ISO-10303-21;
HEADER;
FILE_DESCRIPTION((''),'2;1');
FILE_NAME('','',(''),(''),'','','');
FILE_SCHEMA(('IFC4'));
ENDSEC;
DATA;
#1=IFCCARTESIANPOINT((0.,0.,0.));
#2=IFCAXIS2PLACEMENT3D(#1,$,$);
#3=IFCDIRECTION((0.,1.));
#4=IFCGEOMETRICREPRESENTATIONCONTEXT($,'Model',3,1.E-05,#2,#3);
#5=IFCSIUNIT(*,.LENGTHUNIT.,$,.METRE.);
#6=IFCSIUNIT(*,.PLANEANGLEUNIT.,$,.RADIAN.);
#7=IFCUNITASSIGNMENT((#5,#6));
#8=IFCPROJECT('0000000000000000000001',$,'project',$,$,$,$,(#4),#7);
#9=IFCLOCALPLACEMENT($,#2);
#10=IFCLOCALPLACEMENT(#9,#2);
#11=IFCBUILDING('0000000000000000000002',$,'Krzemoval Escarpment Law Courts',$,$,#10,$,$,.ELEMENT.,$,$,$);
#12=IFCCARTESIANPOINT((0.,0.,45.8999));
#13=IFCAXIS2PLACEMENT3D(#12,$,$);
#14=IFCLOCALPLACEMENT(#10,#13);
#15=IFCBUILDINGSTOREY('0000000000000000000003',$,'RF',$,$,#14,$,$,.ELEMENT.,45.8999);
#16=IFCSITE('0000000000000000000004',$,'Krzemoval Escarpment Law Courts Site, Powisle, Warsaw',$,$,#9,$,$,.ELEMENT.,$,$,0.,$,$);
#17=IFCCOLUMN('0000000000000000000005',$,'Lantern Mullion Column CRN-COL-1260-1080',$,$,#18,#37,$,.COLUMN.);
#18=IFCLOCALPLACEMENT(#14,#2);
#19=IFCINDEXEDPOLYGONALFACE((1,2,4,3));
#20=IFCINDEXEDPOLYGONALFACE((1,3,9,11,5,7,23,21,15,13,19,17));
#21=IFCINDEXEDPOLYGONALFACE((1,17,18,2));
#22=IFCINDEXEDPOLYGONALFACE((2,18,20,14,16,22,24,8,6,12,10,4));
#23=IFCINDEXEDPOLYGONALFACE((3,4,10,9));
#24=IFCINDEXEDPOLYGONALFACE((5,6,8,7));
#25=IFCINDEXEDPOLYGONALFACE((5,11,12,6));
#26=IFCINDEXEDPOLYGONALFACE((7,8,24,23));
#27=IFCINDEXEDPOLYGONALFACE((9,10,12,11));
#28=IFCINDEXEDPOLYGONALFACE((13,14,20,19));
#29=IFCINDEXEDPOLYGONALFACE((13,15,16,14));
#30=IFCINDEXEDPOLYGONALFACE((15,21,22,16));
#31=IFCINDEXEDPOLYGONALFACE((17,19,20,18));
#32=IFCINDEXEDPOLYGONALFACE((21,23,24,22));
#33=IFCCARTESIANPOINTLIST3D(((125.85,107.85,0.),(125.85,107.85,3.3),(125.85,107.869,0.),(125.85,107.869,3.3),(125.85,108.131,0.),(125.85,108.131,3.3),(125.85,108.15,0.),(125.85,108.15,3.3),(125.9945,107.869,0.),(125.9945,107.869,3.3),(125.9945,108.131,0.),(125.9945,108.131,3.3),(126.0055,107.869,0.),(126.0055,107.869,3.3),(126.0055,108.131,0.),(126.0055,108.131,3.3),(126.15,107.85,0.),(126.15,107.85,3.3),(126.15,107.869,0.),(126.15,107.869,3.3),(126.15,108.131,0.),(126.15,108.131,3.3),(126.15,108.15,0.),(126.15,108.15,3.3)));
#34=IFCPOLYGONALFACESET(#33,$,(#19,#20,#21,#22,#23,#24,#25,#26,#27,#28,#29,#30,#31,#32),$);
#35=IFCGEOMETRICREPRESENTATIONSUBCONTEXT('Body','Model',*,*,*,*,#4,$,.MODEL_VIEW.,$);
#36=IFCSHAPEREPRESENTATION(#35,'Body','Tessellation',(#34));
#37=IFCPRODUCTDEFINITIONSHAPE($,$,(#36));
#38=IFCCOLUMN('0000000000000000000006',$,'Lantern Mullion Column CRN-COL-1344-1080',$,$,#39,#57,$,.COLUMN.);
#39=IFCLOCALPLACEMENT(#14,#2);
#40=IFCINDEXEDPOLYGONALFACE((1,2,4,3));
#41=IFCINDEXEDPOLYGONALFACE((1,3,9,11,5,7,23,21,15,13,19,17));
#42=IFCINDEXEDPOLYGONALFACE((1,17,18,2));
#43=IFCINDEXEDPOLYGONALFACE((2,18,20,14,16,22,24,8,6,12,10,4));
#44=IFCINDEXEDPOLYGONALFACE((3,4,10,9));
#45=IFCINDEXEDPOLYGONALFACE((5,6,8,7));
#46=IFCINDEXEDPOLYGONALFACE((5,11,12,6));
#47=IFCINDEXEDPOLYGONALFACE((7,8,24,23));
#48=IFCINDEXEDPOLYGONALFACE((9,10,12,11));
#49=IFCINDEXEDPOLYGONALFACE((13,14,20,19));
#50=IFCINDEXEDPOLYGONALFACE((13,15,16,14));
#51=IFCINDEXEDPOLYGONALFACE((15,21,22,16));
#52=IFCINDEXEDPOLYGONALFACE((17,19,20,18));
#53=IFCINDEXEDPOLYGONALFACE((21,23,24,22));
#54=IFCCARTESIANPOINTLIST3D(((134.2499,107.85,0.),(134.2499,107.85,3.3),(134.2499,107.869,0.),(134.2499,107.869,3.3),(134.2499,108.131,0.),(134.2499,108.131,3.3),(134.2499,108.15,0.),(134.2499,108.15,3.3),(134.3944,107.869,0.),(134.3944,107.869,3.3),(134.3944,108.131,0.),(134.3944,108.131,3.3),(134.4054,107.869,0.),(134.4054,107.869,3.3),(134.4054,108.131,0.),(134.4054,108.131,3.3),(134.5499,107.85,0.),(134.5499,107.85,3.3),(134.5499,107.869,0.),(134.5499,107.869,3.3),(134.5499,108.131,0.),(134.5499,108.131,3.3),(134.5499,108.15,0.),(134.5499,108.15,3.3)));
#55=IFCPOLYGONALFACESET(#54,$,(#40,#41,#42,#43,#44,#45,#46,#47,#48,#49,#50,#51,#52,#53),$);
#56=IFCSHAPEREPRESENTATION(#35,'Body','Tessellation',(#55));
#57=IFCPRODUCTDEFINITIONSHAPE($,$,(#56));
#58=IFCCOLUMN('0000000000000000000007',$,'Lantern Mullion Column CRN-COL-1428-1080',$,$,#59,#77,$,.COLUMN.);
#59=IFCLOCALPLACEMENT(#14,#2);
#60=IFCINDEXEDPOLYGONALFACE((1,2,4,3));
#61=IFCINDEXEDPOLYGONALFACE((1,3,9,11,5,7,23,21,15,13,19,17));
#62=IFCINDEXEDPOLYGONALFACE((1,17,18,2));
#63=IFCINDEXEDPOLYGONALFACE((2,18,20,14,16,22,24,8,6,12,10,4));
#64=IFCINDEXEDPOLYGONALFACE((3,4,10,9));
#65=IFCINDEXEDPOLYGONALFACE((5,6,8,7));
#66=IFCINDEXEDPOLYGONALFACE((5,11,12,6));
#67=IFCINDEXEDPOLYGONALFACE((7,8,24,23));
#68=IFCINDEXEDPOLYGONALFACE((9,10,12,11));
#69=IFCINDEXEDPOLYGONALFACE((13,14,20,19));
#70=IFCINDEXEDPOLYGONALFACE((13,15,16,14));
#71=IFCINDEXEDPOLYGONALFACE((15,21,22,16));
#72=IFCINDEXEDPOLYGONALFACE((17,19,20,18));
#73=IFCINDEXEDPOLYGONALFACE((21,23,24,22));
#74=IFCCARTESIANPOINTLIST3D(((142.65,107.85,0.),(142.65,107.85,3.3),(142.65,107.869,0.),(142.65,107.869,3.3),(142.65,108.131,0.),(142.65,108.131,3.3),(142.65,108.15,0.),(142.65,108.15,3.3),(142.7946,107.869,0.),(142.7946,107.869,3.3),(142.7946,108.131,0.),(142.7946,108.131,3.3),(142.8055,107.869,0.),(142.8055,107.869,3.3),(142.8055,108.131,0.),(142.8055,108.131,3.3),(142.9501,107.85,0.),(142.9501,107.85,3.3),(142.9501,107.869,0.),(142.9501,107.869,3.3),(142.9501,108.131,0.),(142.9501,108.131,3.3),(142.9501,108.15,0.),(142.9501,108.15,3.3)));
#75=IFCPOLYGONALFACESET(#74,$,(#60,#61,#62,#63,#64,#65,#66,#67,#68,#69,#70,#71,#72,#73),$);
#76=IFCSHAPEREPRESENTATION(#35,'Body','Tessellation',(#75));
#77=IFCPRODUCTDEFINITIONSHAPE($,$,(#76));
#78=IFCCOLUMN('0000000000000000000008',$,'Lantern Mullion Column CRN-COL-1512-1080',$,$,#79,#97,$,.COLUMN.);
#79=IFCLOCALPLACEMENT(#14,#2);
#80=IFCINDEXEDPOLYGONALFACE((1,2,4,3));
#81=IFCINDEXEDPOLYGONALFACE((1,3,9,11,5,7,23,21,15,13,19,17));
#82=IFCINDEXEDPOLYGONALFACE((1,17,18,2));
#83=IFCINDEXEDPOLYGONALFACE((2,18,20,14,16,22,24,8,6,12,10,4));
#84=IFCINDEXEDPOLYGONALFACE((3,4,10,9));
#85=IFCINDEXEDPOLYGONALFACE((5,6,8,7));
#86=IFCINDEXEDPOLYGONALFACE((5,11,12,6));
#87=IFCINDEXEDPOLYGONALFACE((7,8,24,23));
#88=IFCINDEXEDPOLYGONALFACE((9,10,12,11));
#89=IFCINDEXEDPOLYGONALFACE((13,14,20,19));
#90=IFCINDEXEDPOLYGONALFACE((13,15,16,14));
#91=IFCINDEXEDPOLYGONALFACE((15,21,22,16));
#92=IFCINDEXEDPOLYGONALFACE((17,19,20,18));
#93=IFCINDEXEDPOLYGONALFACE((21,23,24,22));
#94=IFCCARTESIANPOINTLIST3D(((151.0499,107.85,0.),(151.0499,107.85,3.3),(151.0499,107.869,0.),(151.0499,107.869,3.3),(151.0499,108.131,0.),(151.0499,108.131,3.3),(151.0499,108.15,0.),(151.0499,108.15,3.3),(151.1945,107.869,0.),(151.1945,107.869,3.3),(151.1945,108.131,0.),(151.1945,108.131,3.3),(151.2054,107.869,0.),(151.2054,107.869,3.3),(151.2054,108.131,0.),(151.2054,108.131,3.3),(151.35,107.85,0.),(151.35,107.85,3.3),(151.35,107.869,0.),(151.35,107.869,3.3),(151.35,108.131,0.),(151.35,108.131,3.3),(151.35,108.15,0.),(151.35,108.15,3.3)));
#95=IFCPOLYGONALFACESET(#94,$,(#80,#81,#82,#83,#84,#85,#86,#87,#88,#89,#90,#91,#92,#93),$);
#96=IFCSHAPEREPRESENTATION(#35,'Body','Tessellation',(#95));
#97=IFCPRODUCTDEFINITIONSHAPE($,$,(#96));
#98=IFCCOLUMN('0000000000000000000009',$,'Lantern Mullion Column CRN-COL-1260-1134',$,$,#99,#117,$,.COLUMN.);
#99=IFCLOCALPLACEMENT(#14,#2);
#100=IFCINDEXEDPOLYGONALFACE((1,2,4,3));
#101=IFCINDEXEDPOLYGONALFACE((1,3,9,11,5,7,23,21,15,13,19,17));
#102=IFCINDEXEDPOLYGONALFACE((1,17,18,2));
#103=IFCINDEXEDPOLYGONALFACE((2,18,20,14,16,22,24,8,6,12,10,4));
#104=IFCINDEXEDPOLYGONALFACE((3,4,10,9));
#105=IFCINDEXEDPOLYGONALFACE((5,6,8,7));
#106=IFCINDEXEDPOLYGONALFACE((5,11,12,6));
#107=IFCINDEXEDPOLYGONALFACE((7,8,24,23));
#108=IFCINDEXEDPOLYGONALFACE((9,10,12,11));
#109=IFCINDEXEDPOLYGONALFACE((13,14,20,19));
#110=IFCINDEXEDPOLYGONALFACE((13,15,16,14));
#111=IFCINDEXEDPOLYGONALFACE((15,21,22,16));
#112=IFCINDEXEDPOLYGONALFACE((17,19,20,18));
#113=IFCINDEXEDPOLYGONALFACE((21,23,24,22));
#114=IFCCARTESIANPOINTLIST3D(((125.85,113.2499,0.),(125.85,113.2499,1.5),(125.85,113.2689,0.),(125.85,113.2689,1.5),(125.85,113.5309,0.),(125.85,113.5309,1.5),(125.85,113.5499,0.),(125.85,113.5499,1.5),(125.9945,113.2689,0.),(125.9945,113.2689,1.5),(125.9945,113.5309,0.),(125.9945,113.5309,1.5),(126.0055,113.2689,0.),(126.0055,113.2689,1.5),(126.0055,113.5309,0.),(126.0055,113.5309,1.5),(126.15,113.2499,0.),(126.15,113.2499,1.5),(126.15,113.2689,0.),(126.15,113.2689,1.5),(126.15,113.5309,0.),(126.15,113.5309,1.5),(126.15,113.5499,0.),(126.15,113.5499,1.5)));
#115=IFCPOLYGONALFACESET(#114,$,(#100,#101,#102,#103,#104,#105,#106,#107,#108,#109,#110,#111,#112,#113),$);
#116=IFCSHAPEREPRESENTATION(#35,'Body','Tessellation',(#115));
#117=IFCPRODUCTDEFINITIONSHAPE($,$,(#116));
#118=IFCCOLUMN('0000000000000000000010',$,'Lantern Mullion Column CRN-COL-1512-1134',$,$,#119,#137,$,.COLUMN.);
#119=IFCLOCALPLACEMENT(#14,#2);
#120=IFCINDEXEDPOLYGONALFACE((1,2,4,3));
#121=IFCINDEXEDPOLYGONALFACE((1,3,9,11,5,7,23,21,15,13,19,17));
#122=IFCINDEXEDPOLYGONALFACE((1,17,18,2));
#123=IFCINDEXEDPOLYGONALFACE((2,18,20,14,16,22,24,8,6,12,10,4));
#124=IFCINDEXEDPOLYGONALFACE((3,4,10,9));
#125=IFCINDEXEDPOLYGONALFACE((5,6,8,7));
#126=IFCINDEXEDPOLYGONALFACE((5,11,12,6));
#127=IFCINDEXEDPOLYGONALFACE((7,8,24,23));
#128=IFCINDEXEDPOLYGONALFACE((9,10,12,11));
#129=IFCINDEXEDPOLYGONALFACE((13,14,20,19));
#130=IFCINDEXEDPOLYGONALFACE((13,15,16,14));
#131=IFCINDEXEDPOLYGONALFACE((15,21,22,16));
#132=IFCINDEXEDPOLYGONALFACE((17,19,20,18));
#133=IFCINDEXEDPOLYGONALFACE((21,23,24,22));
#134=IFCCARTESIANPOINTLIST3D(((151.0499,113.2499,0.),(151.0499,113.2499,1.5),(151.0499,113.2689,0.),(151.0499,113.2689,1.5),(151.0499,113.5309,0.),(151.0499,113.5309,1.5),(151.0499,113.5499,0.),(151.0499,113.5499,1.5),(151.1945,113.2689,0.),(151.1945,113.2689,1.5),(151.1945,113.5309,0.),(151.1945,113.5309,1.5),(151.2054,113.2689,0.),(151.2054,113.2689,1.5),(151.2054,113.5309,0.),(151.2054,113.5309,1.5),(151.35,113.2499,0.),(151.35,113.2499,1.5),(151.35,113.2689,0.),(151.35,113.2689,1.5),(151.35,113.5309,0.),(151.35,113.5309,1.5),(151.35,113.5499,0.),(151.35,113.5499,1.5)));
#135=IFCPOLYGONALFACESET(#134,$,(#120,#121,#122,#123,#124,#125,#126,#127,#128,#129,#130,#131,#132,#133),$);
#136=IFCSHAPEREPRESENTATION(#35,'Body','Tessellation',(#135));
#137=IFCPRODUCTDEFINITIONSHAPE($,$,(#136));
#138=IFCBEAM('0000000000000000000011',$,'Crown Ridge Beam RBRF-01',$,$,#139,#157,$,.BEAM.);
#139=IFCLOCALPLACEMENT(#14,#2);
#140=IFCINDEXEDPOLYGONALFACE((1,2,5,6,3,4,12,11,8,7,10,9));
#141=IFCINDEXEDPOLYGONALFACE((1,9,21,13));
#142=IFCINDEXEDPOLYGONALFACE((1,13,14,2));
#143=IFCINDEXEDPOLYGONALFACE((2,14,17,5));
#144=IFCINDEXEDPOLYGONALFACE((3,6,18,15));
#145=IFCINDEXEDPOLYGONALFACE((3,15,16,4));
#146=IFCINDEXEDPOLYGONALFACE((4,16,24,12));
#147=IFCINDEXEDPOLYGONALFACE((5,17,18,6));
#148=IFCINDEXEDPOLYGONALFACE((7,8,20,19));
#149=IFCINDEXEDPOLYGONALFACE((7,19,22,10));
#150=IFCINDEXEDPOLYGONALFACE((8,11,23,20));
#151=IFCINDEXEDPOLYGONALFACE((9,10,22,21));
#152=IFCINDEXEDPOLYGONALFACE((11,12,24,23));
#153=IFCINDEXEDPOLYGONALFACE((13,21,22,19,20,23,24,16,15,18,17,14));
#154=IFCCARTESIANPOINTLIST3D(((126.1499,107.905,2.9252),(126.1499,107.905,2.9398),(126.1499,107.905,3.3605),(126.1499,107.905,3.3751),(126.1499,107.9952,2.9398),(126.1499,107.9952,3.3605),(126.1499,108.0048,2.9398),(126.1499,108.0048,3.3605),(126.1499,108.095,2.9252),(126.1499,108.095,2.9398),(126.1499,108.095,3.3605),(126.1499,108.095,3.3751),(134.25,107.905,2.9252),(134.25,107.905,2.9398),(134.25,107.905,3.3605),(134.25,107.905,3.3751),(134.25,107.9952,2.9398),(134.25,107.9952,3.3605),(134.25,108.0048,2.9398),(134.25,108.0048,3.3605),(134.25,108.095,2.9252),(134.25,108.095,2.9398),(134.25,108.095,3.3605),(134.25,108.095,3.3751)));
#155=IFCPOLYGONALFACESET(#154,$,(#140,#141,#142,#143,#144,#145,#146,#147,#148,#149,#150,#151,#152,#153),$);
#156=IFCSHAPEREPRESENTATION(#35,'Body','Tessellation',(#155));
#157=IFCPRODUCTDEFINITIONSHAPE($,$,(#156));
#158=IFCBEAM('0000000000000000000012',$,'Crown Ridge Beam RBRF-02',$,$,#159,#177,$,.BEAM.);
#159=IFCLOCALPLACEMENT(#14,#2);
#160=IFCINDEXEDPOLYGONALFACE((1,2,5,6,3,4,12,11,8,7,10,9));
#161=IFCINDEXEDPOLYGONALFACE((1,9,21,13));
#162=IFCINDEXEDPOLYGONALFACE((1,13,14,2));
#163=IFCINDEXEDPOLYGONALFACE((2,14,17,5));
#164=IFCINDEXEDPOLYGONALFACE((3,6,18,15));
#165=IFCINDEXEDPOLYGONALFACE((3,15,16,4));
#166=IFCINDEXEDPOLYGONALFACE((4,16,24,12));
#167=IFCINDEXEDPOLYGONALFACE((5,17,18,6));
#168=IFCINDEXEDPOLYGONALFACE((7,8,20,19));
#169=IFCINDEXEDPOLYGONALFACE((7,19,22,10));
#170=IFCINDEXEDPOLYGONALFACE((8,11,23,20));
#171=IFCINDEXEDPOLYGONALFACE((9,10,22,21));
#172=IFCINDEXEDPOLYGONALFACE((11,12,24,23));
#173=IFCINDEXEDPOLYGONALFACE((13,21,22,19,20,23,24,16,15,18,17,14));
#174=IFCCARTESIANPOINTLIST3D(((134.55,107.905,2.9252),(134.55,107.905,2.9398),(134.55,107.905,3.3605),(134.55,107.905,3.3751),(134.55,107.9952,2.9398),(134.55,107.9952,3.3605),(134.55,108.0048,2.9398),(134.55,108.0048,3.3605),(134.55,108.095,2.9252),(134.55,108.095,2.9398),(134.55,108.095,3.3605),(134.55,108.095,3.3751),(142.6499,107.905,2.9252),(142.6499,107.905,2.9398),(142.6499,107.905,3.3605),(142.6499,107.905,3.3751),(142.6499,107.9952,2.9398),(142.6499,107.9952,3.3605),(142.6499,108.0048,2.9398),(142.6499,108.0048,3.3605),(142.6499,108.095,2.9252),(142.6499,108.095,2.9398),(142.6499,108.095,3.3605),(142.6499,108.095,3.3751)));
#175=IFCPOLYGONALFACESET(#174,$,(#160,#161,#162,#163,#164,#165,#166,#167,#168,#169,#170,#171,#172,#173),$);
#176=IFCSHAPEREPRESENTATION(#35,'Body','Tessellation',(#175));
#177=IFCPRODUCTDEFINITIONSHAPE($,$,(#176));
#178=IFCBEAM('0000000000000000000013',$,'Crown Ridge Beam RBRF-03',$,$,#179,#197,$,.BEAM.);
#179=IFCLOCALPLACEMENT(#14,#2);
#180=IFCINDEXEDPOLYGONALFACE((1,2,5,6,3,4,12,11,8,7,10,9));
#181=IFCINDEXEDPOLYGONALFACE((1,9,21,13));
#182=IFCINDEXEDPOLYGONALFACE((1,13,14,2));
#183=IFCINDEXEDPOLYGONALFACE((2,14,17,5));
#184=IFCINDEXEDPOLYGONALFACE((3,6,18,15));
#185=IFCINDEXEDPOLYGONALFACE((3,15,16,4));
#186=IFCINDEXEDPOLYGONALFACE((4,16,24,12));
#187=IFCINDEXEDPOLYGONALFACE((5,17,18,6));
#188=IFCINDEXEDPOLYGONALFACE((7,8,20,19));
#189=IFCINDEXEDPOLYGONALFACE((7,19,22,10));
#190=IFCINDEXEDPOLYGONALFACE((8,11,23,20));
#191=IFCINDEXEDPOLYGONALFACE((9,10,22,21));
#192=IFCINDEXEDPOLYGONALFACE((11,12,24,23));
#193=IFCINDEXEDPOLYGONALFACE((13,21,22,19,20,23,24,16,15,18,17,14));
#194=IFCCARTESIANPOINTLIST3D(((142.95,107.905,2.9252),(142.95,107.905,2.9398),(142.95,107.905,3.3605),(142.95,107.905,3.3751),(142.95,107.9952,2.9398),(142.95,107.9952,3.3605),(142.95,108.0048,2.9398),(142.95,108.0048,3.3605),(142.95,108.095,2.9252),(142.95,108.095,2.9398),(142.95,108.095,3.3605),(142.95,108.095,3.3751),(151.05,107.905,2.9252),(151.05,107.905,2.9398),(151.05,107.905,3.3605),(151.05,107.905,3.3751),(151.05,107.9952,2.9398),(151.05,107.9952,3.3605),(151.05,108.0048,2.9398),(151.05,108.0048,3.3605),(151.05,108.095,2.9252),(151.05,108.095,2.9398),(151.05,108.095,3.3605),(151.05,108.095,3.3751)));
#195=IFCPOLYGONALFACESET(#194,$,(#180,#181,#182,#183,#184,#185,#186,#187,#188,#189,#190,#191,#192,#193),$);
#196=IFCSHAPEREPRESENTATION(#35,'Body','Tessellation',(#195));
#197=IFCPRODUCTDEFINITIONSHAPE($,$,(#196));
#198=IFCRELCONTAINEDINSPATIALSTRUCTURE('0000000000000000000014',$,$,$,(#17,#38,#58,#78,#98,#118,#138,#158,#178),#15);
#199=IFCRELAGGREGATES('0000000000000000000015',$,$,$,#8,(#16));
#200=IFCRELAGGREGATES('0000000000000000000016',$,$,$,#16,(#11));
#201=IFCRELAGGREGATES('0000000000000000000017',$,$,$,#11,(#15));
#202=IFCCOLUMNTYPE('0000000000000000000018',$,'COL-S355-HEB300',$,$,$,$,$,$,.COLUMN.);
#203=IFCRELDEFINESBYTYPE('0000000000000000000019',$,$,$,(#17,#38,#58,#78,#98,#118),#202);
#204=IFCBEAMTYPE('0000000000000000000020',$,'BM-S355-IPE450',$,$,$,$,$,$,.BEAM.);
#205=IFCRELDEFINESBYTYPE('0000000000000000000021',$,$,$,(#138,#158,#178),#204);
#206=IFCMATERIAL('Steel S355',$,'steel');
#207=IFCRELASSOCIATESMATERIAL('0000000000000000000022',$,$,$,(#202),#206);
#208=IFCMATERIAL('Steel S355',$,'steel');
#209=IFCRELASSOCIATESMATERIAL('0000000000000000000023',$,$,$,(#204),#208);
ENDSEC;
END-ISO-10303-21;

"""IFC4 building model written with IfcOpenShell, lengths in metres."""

from ifc_helpers import new_model, si_unit, direction, frame, origin, origin_2d, place, context, subcontext, project, spatial, i_section, extrude, material, material_profile, profile_set, type_object, element, save


model = new_model("IFC4")

# Units and contexts
model_context = context("Model", 3, precision=1e-05, world=origin(), true_north=direction((0.0, 1.0)))
body_context = subcontext(model_context, "Body", "Model", "MODEL_VIEW")
ifc_project = project(units=[si_unit("LENGTHUNIT", "METRE"), si_unit("PLANEANGLEUNIT", "RADIAN")], contexts=[model_context])

# Site, building, storey
site_placement = place(None, origin())
site = spatial("IfcSite", under=ifc_project, at=site_placement, Name="Krzemoval Escarpment Law Courts Site, Powisle, Warsaw", CompositionType="ELEMENT", RefElevation=0.0)
building_placement = place(site_placement, origin())
building = spatial("IfcBuilding", under=site, at=building_placement, Name="Krzemoval Escarpment Law Courts", CompositionType="ELEMENT")
storey_placement = place(building_placement, frame((0.0, 0.0, 45.8999)))
storey = spatial("IfcBuildingStorey", under=building, at=storey_placement, Name="RF", CompositionType="ELEMENT", Elevation=45.8999)

# Columns
ifc_material_1 = material(Name="Steel S355", Category="steel")
ifc_material_profile_1 = material_profile(ifc_material_1, i_section(OverallWidth=0.3, OverallDepth=0.3, WebThickness=0.011, FlangeThickness=0.019, at=origin_2d()), Name="HEB 300")
ifc_profile_set_1 = profile_set([ifc_material_profile_1], Name="Steel S355")
column_type = type_object("IfcColumnType", Name="COL-S355-HEB300", PredefinedType="COLUMN", material=ifc_profile_set_1)
for number, where, z_axis, x_axis, name in (
    (1, (126.0, 108.0, 0.0), (0.0, 0.0, 1.0), (1.0, 0.0, 0.0), "Lantern Mullion Column CRN-COL-1260-1080"),
    (2, (134.3999, 108.0, 0.0), (0.0, 0.0, 1.0), (1.0, 0.0, 0.0), "Lantern Mullion Column CRN-COL-1344-1080"),
    (3, (142.8, 108.0, 0.0), (0.0, 0.0, 1.0), (1.0, 0.0, 0.0), "Lantern Mullion Column CRN-COL-1428-1080"),
    (4, (151.2, 108.0, 0.0), (0.0, 0.0, 1.0), (1.0, 0.0, 0.0), "Lantern Mullion Column CRN-COL-1512-1080"),
):
    element("IfcColumn", number, at=place(storey_placement, frame(where, z_axis=z_axis, x_axis=x_axis)), inside=storey, type_object=column_type, Name=name, PredefinedType="COLUMN", context=body_context, shape_type="SweptSolid", body=[
        extrude(i_section(OverallWidth=0.3, OverallDepth=0.3, WebThickness=0.011, FlangeThickness=0.019, at=origin_2d()), origin(), (0.0, 0.0, 1.0), 3.3),
    ])
for number, where, z_axis, x_axis, name in (
    (5, (126.0, 113.3999, 0.0), (0.0, 0.0, 1.0), (1.0, 0.0, 0.0), "Lantern Mullion Column CRN-COL-1260-1134"),
    (6, (151.2, 113.3999, 0.0), (0.0, 0.0, 1.0), (1.0, 0.0, 0.0), "Lantern Mullion Column CRN-COL-1512-1134"),
):
    element("IfcColumn", number, at=place(storey_placement, frame(where, z_axis=z_axis, x_axis=x_axis)), inside=storey, type_object=column_type, Name=name, PredefinedType="COLUMN", context=body_context, shape_type="SweptSolid", body=[
        extrude(i_section(OverallWidth=0.3, OverallDepth=0.3, WebThickness=0.011, FlangeThickness=0.019, at=origin_2d()), origin(), (0.0, 0.0, 1.0), 1.5),
    ])

# Beams
ifc_material_2 = material(Name="Steel S355", Category="steel")
ifc_material_profile_2 = material_profile(ifc_material_2, i_section(OverallWidth=0.1899, OverallDepth=0.45, WebThickness=0.0095, FlangeThickness=0.0146, at=origin_2d()), Name="IPE 450")
ifc_profile_set_2 = profile_set([ifc_material_profile_2], Name="Steel S355")
beam_type = type_object("IfcBeamType", Name="BM-S355-IPE450", PredefinedType="BEAM", material=ifc_profile_set_2)
beam_1_placement = place(storey_placement, frame((126.1499, 108.0, 3.1501), z_axis=(1.0, 0.0, 0.0), x_axis=(0.0, 1.0, 0.0)))
element("IfcBeam", 7, at=beam_1_placement, inside=storey, type_object=beam_type, Name="Crown Ridge Beam RBRF-01", PredefinedType="BEAM", context=body_context, shape_type="SweptSolid", body=[
    extrude(i_section(OverallWidth=0.1899, OverallDepth=0.45, WebThickness=0.0095, FlangeThickness=0.0146, at=origin_2d()), origin(), (0.0, 0.0, 1.0), 8.1001),
])
beam_2_placement = place(storey_placement, frame((134.55, 108.0, 3.1501), z_axis=(1.0, 0.0, 0.0), x_axis=(0.0, 1.0, 0.0)))
element("IfcBeam", 8, at=beam_2_placement, inside=storey, type_object=beam_type, Name="Crown Ridge Beam RBRF-02", PredefinedType="BEAM", context=body_context, shape_type="SweptSolid", body=[
    extrude(i_section(OverallWidth=0.1899, OverallDepth=0.45, WebThickness=0.0095, FlangeThickness=0.0146, at=origin_2d()), origin(), (0.0, 0.0, 1.0), 8.0999),
])
beam_3_placement = place(storey_placement, frame((142.95, 108.0, 3.1501), z_axis=(1.0, 0.0, 0.0), x_axis=(0.0, 1.0, 0.0)))
element("IfcBeam", 9, at=beam_3_placement, inside=storey, type_object=beam_type, Name="Crown Ridge Beam RBRF-03", PredefinedType="BEAM", context=body_context, shape_type="SweptSolid", body=[
    extrude(i_section(OverallWidth=0.1899, OverallDepth=0.45, WebThickness=0.0095, FlangeThickness=0.0146, at=origin_2d()), origin(), (0.0, 0.0, 1.0), 8.1001),
])

save(model, "model.ifc")
